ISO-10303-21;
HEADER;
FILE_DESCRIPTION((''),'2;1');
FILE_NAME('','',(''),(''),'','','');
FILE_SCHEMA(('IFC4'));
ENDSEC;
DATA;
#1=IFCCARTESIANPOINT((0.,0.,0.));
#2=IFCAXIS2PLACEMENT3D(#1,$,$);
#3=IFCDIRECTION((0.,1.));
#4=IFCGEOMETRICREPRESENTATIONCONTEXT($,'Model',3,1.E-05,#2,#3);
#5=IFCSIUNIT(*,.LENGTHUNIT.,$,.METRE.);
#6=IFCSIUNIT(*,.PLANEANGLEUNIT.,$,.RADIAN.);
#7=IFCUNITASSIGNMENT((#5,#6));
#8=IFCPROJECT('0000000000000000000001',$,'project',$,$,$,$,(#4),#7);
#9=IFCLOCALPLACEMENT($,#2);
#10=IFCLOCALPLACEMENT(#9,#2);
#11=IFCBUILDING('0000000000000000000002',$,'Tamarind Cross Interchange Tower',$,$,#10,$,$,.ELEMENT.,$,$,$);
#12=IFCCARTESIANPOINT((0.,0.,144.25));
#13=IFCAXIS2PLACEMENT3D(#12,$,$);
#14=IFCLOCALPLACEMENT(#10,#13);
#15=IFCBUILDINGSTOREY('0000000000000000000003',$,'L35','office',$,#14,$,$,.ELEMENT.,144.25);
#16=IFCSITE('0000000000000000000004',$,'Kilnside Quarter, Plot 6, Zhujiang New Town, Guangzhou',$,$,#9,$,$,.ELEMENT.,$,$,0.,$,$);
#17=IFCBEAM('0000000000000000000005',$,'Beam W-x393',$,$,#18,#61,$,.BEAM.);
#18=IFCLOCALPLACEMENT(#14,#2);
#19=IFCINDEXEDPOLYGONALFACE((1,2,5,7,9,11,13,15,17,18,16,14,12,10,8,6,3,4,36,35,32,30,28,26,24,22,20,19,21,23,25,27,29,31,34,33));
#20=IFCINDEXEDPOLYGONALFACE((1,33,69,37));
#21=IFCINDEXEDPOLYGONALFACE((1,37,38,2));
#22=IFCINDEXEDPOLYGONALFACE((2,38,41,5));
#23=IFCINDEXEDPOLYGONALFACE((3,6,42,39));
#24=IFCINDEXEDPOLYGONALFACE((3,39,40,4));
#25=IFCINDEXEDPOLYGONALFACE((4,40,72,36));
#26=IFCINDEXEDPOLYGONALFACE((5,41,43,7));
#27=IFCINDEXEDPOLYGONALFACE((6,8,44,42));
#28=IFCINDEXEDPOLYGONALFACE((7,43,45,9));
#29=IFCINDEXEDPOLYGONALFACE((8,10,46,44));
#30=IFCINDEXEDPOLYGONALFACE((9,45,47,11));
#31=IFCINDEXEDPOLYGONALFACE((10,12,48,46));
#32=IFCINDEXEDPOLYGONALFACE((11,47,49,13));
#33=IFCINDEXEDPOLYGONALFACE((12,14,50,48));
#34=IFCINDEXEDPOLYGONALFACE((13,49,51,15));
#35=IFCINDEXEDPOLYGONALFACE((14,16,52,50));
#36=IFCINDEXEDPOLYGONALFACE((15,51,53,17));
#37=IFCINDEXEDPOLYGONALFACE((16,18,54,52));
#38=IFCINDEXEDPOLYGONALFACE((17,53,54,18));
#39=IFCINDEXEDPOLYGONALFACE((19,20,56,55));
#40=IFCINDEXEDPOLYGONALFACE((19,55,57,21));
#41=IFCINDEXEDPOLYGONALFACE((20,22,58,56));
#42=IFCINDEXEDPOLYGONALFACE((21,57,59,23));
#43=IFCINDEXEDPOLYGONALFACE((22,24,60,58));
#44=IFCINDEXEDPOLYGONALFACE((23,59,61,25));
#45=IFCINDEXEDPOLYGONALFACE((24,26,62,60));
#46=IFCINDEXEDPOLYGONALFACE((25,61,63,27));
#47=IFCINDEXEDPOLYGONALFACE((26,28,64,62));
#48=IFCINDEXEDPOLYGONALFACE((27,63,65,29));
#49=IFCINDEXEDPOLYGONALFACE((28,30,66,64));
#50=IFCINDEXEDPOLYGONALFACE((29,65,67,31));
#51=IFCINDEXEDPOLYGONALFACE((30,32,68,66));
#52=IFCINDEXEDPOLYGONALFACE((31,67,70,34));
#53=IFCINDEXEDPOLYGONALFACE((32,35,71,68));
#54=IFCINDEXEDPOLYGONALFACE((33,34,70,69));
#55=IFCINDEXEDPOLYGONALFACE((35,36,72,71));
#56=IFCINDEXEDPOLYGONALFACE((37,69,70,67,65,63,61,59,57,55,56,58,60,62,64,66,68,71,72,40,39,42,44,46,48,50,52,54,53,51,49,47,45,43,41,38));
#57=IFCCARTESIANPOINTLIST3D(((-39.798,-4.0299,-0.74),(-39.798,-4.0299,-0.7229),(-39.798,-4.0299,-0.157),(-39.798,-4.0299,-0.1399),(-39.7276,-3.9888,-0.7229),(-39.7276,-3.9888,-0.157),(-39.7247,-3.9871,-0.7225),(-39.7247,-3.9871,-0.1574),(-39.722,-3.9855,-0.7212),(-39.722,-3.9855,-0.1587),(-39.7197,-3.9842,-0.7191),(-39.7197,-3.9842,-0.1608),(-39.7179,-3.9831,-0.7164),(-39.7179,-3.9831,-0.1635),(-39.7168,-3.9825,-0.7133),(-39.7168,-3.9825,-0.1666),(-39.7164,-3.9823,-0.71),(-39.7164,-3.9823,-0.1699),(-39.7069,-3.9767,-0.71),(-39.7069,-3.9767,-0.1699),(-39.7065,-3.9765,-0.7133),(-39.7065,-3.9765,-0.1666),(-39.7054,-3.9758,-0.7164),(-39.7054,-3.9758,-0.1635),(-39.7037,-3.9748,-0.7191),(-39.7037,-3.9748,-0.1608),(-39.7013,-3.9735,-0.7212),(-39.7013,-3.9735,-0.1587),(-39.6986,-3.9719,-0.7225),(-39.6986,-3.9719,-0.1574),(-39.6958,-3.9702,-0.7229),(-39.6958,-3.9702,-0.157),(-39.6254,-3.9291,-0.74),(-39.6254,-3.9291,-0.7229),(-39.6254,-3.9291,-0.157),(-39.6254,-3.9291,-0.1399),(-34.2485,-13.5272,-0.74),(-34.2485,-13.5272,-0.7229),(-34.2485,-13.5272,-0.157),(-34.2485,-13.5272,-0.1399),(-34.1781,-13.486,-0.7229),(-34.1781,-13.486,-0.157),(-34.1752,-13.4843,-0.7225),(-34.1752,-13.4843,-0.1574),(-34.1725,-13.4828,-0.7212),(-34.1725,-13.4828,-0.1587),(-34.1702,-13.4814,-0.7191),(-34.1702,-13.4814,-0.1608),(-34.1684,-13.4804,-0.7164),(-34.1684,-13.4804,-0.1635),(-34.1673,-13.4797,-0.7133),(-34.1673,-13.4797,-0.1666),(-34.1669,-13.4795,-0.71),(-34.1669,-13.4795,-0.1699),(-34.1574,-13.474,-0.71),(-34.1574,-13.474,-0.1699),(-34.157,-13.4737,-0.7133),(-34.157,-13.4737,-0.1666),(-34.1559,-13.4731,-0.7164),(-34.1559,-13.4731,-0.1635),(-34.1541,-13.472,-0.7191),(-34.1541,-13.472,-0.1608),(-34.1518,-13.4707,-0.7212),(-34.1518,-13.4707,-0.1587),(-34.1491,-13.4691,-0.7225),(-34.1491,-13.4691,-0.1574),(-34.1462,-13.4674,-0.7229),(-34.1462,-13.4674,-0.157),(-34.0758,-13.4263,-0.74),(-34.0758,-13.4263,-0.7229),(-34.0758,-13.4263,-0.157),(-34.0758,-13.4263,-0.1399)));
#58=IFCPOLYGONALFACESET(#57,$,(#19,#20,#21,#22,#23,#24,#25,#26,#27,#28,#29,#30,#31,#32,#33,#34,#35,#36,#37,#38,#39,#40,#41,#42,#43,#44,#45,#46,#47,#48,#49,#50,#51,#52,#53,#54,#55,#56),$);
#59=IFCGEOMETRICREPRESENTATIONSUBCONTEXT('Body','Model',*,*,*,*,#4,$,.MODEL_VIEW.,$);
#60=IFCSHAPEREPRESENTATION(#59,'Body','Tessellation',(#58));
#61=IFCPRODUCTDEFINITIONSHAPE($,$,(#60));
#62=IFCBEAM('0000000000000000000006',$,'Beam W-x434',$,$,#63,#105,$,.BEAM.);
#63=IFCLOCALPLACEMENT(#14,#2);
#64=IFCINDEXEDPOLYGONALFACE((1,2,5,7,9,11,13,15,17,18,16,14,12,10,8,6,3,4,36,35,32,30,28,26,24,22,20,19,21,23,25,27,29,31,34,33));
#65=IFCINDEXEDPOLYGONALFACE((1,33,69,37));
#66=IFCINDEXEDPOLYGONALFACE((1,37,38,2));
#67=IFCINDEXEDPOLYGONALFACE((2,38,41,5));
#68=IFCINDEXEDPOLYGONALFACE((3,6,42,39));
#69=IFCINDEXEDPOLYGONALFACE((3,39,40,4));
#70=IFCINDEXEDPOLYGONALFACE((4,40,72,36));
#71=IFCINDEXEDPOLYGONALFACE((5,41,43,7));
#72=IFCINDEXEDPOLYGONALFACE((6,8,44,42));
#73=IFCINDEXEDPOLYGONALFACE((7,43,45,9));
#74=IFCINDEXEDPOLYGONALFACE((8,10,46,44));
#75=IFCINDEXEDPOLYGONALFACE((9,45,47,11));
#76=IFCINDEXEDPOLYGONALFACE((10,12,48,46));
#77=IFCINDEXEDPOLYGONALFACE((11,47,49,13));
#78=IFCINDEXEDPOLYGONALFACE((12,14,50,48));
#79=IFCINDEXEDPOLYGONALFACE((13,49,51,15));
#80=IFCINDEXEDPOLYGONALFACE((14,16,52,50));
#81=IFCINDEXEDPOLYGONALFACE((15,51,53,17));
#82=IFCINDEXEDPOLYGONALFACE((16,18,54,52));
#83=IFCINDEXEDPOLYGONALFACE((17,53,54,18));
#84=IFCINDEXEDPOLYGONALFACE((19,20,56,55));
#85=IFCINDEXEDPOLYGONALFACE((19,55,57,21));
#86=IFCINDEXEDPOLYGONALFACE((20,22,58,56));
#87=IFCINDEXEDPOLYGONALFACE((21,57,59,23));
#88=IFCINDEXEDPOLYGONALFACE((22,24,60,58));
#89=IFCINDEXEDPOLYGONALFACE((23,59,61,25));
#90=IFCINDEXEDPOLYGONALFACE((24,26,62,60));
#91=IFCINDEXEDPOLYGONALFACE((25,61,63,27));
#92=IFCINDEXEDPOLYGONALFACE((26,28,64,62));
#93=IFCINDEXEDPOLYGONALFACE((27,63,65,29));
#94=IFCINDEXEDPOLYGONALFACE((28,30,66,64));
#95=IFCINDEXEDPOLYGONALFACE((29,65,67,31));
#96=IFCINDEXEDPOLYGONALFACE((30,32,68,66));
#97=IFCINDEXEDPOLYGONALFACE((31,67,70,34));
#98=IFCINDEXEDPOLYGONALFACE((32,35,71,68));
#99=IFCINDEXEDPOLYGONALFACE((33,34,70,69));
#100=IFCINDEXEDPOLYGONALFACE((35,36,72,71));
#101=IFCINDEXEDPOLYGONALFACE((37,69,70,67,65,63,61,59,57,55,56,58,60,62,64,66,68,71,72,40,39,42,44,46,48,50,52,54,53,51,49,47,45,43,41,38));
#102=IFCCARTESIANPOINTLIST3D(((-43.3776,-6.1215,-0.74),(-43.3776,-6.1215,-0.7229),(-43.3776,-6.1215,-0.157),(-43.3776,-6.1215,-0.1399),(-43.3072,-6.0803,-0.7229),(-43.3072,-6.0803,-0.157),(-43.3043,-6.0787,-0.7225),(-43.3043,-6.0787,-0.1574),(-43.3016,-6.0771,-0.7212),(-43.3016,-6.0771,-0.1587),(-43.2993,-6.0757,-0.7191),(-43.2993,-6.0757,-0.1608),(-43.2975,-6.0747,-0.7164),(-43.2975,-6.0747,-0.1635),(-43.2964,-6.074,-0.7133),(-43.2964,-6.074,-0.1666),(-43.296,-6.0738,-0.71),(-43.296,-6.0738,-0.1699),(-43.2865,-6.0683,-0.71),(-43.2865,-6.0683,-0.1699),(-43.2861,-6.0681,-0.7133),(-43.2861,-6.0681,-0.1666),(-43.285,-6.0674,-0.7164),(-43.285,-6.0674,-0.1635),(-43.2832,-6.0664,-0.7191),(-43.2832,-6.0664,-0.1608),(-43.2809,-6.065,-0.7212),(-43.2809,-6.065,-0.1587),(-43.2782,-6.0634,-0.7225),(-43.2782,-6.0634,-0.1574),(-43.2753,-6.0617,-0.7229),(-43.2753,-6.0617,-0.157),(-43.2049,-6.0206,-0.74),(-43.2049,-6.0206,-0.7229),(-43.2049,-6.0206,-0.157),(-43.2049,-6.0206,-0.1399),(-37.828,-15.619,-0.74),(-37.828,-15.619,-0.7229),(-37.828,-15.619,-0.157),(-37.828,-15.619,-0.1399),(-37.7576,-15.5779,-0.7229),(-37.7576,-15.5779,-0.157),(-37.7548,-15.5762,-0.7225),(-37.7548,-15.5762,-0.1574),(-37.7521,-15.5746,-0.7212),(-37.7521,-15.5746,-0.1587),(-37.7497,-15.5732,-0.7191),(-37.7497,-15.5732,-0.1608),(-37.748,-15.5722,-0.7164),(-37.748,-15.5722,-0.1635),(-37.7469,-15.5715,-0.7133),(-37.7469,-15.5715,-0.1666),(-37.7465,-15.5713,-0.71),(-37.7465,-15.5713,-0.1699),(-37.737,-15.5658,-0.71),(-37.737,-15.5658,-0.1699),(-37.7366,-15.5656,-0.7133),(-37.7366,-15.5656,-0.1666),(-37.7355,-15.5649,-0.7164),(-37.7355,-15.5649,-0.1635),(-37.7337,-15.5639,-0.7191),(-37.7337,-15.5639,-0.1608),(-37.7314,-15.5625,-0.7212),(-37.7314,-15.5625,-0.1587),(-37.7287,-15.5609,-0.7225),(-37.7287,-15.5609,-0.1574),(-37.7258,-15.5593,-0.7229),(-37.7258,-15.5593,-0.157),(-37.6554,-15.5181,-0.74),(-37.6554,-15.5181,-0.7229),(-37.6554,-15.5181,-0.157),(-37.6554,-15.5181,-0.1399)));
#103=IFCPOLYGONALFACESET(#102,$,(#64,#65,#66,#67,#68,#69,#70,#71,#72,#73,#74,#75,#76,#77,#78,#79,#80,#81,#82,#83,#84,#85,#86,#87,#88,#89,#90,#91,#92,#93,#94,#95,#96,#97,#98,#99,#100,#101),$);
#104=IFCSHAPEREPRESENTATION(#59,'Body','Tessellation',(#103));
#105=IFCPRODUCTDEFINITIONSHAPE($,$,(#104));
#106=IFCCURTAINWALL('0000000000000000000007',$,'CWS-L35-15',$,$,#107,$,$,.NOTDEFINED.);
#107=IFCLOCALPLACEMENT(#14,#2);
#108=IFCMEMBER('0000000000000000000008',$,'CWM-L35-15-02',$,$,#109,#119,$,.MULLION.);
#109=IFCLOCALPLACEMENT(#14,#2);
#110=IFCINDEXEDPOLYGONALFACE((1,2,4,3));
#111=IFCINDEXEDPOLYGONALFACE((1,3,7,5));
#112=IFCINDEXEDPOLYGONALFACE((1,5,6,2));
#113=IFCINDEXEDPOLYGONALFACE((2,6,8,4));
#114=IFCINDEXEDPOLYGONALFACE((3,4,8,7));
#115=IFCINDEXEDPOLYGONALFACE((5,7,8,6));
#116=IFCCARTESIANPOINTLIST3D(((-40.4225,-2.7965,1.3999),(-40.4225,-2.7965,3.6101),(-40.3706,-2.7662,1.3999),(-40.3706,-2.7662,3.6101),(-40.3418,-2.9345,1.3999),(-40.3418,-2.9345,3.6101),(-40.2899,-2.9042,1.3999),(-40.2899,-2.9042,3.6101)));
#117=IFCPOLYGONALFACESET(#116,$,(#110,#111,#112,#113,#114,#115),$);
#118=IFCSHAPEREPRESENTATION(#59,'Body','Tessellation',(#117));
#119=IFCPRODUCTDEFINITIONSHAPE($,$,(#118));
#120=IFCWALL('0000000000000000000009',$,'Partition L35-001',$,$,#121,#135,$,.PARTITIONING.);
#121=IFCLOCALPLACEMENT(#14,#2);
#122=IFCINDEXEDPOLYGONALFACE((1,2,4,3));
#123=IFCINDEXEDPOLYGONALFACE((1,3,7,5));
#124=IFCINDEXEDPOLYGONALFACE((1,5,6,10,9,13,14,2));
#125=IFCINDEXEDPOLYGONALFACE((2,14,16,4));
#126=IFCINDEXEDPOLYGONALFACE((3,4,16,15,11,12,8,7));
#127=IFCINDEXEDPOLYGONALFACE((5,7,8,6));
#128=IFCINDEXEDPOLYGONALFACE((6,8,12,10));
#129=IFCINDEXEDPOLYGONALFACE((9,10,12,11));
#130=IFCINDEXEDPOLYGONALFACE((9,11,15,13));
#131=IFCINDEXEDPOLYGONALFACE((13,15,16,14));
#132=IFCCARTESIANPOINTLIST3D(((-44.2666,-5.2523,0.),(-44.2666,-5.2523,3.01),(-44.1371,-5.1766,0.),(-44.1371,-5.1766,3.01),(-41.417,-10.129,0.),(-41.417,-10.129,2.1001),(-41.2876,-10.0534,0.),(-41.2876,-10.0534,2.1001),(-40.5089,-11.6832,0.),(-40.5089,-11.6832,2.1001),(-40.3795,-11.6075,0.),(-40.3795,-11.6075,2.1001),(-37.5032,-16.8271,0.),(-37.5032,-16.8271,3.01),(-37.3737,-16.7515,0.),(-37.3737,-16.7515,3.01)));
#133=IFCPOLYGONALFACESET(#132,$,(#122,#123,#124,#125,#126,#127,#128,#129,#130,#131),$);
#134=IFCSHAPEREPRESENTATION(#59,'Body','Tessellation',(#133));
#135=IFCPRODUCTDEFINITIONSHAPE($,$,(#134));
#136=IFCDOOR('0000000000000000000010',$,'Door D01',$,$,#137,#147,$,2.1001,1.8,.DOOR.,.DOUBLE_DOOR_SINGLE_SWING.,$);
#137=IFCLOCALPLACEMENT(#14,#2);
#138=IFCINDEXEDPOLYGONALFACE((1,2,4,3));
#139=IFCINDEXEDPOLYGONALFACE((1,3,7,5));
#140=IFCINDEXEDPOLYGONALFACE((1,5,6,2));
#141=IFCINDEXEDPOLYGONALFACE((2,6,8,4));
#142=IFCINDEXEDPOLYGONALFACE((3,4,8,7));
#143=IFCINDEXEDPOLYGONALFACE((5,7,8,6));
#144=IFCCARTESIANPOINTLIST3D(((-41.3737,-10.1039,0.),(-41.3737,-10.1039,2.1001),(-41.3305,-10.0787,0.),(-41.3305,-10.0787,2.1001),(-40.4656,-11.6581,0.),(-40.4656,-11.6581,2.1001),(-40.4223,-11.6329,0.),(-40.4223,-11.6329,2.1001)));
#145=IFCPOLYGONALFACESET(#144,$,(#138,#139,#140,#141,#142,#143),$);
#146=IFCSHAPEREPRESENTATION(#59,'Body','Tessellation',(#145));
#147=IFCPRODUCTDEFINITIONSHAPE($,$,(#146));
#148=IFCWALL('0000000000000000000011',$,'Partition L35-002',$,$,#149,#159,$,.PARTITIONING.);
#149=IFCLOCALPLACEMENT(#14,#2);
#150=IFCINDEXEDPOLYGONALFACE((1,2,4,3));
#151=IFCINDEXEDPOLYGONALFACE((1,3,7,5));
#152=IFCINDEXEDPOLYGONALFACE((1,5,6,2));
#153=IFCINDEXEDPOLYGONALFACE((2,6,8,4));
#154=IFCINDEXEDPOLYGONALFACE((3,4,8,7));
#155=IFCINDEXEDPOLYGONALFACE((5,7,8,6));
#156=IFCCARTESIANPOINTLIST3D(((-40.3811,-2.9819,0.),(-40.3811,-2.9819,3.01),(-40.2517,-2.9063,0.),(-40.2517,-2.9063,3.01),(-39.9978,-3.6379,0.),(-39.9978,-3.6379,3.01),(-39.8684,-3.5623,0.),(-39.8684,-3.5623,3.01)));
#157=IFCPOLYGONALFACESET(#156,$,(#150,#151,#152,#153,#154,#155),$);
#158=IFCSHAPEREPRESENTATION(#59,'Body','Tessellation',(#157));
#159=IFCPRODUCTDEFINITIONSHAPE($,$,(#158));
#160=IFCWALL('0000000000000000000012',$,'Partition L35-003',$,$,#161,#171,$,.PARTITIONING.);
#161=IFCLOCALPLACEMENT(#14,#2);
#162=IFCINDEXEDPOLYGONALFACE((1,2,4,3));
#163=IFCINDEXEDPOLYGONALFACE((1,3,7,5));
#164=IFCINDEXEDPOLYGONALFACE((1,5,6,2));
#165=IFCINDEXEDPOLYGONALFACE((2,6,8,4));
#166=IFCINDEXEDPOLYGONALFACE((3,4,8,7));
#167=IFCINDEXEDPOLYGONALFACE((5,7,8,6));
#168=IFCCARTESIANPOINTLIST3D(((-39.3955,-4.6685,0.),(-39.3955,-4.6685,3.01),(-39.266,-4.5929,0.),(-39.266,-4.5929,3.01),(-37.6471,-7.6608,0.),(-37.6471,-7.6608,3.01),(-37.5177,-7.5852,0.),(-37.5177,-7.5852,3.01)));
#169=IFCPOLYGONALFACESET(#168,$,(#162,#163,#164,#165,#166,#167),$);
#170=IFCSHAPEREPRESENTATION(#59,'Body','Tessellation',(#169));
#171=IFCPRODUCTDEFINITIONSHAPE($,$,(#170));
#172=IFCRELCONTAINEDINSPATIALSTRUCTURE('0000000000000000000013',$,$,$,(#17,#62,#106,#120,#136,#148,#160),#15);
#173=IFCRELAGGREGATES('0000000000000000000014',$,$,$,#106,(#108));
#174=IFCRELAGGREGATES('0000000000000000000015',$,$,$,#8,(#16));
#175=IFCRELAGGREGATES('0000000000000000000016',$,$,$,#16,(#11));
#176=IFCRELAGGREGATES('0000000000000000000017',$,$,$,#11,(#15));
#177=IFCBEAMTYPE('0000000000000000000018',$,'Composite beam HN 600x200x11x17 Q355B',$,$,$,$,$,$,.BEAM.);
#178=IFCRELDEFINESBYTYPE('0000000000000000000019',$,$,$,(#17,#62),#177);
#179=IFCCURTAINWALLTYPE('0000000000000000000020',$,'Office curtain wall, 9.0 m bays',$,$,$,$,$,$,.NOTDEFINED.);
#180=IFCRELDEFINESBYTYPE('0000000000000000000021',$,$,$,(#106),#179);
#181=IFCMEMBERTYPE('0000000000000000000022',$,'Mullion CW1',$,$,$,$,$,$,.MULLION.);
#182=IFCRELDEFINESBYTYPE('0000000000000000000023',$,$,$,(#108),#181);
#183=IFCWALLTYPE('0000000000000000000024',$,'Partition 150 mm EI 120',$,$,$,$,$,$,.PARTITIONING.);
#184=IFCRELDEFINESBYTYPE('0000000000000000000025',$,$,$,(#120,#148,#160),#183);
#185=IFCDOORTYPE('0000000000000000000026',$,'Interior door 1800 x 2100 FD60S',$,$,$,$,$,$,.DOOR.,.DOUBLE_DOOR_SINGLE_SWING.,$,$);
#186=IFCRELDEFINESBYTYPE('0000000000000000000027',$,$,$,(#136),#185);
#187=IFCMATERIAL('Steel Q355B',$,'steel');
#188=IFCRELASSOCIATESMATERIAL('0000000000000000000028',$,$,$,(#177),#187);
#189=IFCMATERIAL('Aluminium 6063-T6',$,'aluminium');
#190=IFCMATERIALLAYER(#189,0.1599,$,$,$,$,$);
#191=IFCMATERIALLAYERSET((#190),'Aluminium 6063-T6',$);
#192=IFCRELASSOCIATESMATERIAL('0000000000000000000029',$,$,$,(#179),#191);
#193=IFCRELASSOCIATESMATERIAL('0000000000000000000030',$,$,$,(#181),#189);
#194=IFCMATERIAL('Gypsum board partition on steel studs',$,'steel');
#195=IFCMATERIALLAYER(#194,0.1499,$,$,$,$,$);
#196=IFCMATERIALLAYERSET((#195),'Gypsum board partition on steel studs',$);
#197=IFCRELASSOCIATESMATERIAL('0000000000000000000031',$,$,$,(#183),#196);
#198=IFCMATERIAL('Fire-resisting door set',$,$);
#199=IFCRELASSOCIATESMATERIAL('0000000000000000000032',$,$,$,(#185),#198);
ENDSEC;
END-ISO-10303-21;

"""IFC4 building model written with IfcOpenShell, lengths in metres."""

from ifc_helpers import new_model, si_unit, direction, frame, frame_2d, origin, origin_2d, place, context, subcontext, project, spatial, rectangle, i_section, extrude, material, layer, layer_set, material_profile, profile_set, type_object, element, fill, aggregate, save


model = new_model("IFC4")

# Units and contexts
model_context = context("Model", 3, precision=1e-05, world=origin(), true_north=direction((0.0, 1.0)))
body_context = subcontext(model_context, "Body", "Model", "MODEL_VIEW")
ifc_project = project(units=[si_unit("LENGTHUNIT", "METRE"), si_unit("PLANEANGLEUNIT", "RADIAN")], contexts=[model_context])

# Site, building, storey
site_placement = place(None, origin())
site = spatial("IfcSite", under=ifc_project, at=site_placement, Name="Kilnside Quarter, Plot 6, Zhujiang New Town, Guangzhou", CompositionType="ELEMENT", RefElevation=0.0)
building_placement = place(site_placement, origin())
building = spatial("IfcBuilding", under=site, at=building_placement, Name="Tamarind Cross Interchange Tower", CompositionType="ELEMENT")
storey_placement = place(building_placement, frame((0.0, 0.0, 144.25)))
storey = spatial("IfcBuildingStorey", under=building, at=storey_placement, Name="L35", Description="office", CompositionType="ELEMENT", Elevation=144.25)

# Beams
ifc_material_1 = material(Name="Steel Q355B", Category="steel")
ifc_material_profile_1 = material_profile(ifc_material_1, i_section(OverallWidth=0.2, OverallDepth=0.6001, WebThickness=0.011, FlangeThickness=0.0171, FilletRadius=0.0129, at=origin_2d()), Name="HN 600x200x11x17")
ifc_profile_set_1 = profile_set([ifc_material_profile_1], Name="Steel Q355B")
beam_type_1 = type_object("IfcBeamType", Name="Composite beam HN 600x200x11x17 Q355B", PredefinedType="BEAM", material=ifc_profile_set_1)
beam_1_placement = place(storey_placement, frame((-39.7117, -3.9795, -0.4399), z_axis=(0.504513, -0.863404, 0.0), x_axis=(0.863404, 0.504513, 0.0)))
element("IfcBeam", 1, at=beam_1_placement, inside=storey, type_object=beam_type_1, Name="Beam W-x393", PredefinedType="BEAM", context=body_context, shape_type="SweptSolid", body=[
    extrude(i_section(OverallWidth=0.2, OverallDepth=0.6001, WebThickness=0.011, FlangeThickness=0.0171, FilletRadius=0.0129, at=origin_2d()), origin(), (0.0, 0.0, 1.0), 10.9998),
])
beam_2_placement = place(storey_placement, frame((-43.2913, -6.071, -0.4399), z_axis=(0.504503, -0.86341, 0.0), x_axis=(0.86341, 0.504503, 0.0)))
element("IfcBeam", 2, at=beam_2_placement, inside=storey, type_object=beam_type_1, Name="Beam W-x434", PredefinedType="BEAM", context=body_context, shape_type="SweptSolid", body=[
    extrude(i_section(OverallWidth=0.2, OverallDepth=0.6001, WebThickness=0.011, FlangeThickness=0.0171, FilletRadius=0.0129, at=origin_2d()), origin(), (0.0, 0.0, 1.0), 11.0),
])

# Curtain wall, member
ifc_material_2 = material(Name="Aluminium 6063-T6", Category="aluminium")
ifc_layer_1 = layer(ifc_material_2, 0.1599)
ifc_layer_set_1 = layer_set([ifc_layer_1], Name="Aluminium 6063-T6")
curtain_wall_type = type_object("IfcCurtainWallType", Name="Office curtain wall, 9.0 m bays", PredefinedType="NOTDEFINED", material=ifc_layer_set_1)
curtain_wall_placement = place(storey_placement, origin())
curtain_wall = element("IfcCurtainWall", 3, at=curtain_wall_placement, inside=storey, type_object=curtain_wall_type, Name="CWS-L35-15", PredefinedType="NOTDEFINED")
ifc_material_profile_2 = material_profile(ifc_material_2, rectangle(XDim=0.0601, YDim=0.1599, at=origin_2d()), Name="Mullion CW1")
ifc_profile_set_2 = profile_set([ifc_material_profile_2], Name="Aluminium 6063-T6")
member_type = type_object("IfcMemberType", Name="Mullion CW1", PredefinedType="MULLION", material=ifc_profile_set_2)
member_placement = place(storey_placement, frame((-40.3562, -2.8503, 1.3999), z_axis=(0.0, 0.0, 1.0), x_axis=(-0.863403, -0.504516, 0.0)))
member = element("IfcMember", 4, at=member_placement, type_object=member_type, Name="CWM-L35-15-02", PredefinedType="MULLION", context=body_context, shape_type="SweptSolid", body=[
    extrude(rectangle(XDim=0.0601, YDim=0.1599, at=origin_2d()), origin(), (0.0, 0.0, 1.0), 2.2102),
])
aggregate(curtain_wall, [member])

# Wall, opening, door
ifc_material_3 = material(Name="Gypsum board partition on steel studs", Category="steel")
ifc_layer_2 = layer(ifc_material_3, 0.1499)
ifc_layer_set_2 = layer_set([ifc_layer_2], Name="Gypsum board partition on steel studs")
wall_type = type_object("IfcWallType", Name="Partition 150 mm EI 120", PredefinedType="PARTITIONING", material=ifc_layer_set_2)
wall_1_placement = place(storey_placement, frame((-44.2019, -5.2144, 0.0), z_axis=(0.0, 0.0, 1.0), x_axis=(0.504504, -0.863409, 0.0)))
wall_1 = element("IfcWall", 5, at=wall_1_placement, inside=storey, type_object=wall_type, Name="Partition L35-001", PredefinedType="PARTITIONING", context=body_context, shape_type="SweptSolid", body=[
    extrude(rectangle(XDim=13.406, YDim=0.1499, at=frame_2d((6.7031, 0.0))), origin(), (0.0, 0.0, 1.0), 3.01),
])
opening_placement = place(wall_1_placement, frame((5.6484, 0.0, 0.0)))
opening = element("IfcOpeningElement", 6, at=opening_placement, cuts=wall_1, PredefinedType="OPENING", context=body_context, shape_type="SweptSolid", body=[
    extrude(rectangle(XDim=1.8, YDim=2.1001, at=frame_2d((0.8999, 1.05))), frame((0.0, 0.085, 0.0), z_axis=(0.0, -1.0, 0.0), x_axis=(1.0, 0.0, 0.0)), (0.0, 0.0, 1.0), 0.1699),
])
ifc_material_4 = material(Name="Fire-resisting door set")
door_type = type_object("IfcDoorType", Name="Interior door 1800 x 2100 FD60S", OperationType="DOUBLE_DOOR_SINGLE_SWING", PredefinedType="DOOR", material=ifc_material_4)
door_placement = place(opening_placement, frame((1.8, 0.0, 0.0), z_axis=(0.0, 0.0, 1.0), x_axis=(-1.0, 0.0, 0.0)))
door = element("IfcDoor", 7, at=door_placement, inside=storey, type_object=door_type, Name="Door D01", OperationType="DOUBLE_DOOR_SINGLE_SWING", OverallHeight=2.1001, OverallWidth=1.8, PredefinedType="DOOR", context=body_context, shape_type="SweptSolid", body=[
    extrude(rectangle(XDim=1.8, YDim=2.1001, at=frame_2d((0.8999, 1.05))), frame((0.0, 0.0249, 0.0), z_axis=(0.0, -1.0, 0.0), x_axis=(1.0, 0.0, 0.0)), (0.0, 0.0, 1.0), 0.05),
])
fill(opening, door)

# Walls
wall_2_placement = place(storey_placement, frame((-40.3164, -2.9441, 0.0), z_axis=(0.0, 0.0, 1.0), x_axis=(0.50449, -0.863417, 0.0)))
element("IfcWall", 8, at=wall_2_placement, inside=storey, type_object=wall_type, Name="Partition L35-002", PredefinedType="PARTITIONING", context=body_context, shape_type="SweptSolid", body=[
    extrude(rectangle(XDim=0.7598, YDim=0.1499, at=frame_2d((0.3799, 0.0))), origin(), (0.0, 0.0, 1.0), 3.01),
])
wall_3_placement = place(storey_placement, frame((-39.3308, -4.6306, 0.0), z_axis=(0.0, 0.0, 1.0), x_axis=(0.504484, -0.863421, 0.0)))
element("IfcWall", 9, at=wall_3_placement, inside=storey, type_object=wall_type, Name="Partition L35-003", PredefinedType="PARTITIONING", context=body_context, shape_type="SweptSolid", body=[
    extrude(rectangle(XDim=3.4656, YDim=0.1499, at=frame_2d((1.7329, 0.0))), origin(), (0.0, 0.0, 1.0), 3.01),
])

save(model, "model.ifc")
